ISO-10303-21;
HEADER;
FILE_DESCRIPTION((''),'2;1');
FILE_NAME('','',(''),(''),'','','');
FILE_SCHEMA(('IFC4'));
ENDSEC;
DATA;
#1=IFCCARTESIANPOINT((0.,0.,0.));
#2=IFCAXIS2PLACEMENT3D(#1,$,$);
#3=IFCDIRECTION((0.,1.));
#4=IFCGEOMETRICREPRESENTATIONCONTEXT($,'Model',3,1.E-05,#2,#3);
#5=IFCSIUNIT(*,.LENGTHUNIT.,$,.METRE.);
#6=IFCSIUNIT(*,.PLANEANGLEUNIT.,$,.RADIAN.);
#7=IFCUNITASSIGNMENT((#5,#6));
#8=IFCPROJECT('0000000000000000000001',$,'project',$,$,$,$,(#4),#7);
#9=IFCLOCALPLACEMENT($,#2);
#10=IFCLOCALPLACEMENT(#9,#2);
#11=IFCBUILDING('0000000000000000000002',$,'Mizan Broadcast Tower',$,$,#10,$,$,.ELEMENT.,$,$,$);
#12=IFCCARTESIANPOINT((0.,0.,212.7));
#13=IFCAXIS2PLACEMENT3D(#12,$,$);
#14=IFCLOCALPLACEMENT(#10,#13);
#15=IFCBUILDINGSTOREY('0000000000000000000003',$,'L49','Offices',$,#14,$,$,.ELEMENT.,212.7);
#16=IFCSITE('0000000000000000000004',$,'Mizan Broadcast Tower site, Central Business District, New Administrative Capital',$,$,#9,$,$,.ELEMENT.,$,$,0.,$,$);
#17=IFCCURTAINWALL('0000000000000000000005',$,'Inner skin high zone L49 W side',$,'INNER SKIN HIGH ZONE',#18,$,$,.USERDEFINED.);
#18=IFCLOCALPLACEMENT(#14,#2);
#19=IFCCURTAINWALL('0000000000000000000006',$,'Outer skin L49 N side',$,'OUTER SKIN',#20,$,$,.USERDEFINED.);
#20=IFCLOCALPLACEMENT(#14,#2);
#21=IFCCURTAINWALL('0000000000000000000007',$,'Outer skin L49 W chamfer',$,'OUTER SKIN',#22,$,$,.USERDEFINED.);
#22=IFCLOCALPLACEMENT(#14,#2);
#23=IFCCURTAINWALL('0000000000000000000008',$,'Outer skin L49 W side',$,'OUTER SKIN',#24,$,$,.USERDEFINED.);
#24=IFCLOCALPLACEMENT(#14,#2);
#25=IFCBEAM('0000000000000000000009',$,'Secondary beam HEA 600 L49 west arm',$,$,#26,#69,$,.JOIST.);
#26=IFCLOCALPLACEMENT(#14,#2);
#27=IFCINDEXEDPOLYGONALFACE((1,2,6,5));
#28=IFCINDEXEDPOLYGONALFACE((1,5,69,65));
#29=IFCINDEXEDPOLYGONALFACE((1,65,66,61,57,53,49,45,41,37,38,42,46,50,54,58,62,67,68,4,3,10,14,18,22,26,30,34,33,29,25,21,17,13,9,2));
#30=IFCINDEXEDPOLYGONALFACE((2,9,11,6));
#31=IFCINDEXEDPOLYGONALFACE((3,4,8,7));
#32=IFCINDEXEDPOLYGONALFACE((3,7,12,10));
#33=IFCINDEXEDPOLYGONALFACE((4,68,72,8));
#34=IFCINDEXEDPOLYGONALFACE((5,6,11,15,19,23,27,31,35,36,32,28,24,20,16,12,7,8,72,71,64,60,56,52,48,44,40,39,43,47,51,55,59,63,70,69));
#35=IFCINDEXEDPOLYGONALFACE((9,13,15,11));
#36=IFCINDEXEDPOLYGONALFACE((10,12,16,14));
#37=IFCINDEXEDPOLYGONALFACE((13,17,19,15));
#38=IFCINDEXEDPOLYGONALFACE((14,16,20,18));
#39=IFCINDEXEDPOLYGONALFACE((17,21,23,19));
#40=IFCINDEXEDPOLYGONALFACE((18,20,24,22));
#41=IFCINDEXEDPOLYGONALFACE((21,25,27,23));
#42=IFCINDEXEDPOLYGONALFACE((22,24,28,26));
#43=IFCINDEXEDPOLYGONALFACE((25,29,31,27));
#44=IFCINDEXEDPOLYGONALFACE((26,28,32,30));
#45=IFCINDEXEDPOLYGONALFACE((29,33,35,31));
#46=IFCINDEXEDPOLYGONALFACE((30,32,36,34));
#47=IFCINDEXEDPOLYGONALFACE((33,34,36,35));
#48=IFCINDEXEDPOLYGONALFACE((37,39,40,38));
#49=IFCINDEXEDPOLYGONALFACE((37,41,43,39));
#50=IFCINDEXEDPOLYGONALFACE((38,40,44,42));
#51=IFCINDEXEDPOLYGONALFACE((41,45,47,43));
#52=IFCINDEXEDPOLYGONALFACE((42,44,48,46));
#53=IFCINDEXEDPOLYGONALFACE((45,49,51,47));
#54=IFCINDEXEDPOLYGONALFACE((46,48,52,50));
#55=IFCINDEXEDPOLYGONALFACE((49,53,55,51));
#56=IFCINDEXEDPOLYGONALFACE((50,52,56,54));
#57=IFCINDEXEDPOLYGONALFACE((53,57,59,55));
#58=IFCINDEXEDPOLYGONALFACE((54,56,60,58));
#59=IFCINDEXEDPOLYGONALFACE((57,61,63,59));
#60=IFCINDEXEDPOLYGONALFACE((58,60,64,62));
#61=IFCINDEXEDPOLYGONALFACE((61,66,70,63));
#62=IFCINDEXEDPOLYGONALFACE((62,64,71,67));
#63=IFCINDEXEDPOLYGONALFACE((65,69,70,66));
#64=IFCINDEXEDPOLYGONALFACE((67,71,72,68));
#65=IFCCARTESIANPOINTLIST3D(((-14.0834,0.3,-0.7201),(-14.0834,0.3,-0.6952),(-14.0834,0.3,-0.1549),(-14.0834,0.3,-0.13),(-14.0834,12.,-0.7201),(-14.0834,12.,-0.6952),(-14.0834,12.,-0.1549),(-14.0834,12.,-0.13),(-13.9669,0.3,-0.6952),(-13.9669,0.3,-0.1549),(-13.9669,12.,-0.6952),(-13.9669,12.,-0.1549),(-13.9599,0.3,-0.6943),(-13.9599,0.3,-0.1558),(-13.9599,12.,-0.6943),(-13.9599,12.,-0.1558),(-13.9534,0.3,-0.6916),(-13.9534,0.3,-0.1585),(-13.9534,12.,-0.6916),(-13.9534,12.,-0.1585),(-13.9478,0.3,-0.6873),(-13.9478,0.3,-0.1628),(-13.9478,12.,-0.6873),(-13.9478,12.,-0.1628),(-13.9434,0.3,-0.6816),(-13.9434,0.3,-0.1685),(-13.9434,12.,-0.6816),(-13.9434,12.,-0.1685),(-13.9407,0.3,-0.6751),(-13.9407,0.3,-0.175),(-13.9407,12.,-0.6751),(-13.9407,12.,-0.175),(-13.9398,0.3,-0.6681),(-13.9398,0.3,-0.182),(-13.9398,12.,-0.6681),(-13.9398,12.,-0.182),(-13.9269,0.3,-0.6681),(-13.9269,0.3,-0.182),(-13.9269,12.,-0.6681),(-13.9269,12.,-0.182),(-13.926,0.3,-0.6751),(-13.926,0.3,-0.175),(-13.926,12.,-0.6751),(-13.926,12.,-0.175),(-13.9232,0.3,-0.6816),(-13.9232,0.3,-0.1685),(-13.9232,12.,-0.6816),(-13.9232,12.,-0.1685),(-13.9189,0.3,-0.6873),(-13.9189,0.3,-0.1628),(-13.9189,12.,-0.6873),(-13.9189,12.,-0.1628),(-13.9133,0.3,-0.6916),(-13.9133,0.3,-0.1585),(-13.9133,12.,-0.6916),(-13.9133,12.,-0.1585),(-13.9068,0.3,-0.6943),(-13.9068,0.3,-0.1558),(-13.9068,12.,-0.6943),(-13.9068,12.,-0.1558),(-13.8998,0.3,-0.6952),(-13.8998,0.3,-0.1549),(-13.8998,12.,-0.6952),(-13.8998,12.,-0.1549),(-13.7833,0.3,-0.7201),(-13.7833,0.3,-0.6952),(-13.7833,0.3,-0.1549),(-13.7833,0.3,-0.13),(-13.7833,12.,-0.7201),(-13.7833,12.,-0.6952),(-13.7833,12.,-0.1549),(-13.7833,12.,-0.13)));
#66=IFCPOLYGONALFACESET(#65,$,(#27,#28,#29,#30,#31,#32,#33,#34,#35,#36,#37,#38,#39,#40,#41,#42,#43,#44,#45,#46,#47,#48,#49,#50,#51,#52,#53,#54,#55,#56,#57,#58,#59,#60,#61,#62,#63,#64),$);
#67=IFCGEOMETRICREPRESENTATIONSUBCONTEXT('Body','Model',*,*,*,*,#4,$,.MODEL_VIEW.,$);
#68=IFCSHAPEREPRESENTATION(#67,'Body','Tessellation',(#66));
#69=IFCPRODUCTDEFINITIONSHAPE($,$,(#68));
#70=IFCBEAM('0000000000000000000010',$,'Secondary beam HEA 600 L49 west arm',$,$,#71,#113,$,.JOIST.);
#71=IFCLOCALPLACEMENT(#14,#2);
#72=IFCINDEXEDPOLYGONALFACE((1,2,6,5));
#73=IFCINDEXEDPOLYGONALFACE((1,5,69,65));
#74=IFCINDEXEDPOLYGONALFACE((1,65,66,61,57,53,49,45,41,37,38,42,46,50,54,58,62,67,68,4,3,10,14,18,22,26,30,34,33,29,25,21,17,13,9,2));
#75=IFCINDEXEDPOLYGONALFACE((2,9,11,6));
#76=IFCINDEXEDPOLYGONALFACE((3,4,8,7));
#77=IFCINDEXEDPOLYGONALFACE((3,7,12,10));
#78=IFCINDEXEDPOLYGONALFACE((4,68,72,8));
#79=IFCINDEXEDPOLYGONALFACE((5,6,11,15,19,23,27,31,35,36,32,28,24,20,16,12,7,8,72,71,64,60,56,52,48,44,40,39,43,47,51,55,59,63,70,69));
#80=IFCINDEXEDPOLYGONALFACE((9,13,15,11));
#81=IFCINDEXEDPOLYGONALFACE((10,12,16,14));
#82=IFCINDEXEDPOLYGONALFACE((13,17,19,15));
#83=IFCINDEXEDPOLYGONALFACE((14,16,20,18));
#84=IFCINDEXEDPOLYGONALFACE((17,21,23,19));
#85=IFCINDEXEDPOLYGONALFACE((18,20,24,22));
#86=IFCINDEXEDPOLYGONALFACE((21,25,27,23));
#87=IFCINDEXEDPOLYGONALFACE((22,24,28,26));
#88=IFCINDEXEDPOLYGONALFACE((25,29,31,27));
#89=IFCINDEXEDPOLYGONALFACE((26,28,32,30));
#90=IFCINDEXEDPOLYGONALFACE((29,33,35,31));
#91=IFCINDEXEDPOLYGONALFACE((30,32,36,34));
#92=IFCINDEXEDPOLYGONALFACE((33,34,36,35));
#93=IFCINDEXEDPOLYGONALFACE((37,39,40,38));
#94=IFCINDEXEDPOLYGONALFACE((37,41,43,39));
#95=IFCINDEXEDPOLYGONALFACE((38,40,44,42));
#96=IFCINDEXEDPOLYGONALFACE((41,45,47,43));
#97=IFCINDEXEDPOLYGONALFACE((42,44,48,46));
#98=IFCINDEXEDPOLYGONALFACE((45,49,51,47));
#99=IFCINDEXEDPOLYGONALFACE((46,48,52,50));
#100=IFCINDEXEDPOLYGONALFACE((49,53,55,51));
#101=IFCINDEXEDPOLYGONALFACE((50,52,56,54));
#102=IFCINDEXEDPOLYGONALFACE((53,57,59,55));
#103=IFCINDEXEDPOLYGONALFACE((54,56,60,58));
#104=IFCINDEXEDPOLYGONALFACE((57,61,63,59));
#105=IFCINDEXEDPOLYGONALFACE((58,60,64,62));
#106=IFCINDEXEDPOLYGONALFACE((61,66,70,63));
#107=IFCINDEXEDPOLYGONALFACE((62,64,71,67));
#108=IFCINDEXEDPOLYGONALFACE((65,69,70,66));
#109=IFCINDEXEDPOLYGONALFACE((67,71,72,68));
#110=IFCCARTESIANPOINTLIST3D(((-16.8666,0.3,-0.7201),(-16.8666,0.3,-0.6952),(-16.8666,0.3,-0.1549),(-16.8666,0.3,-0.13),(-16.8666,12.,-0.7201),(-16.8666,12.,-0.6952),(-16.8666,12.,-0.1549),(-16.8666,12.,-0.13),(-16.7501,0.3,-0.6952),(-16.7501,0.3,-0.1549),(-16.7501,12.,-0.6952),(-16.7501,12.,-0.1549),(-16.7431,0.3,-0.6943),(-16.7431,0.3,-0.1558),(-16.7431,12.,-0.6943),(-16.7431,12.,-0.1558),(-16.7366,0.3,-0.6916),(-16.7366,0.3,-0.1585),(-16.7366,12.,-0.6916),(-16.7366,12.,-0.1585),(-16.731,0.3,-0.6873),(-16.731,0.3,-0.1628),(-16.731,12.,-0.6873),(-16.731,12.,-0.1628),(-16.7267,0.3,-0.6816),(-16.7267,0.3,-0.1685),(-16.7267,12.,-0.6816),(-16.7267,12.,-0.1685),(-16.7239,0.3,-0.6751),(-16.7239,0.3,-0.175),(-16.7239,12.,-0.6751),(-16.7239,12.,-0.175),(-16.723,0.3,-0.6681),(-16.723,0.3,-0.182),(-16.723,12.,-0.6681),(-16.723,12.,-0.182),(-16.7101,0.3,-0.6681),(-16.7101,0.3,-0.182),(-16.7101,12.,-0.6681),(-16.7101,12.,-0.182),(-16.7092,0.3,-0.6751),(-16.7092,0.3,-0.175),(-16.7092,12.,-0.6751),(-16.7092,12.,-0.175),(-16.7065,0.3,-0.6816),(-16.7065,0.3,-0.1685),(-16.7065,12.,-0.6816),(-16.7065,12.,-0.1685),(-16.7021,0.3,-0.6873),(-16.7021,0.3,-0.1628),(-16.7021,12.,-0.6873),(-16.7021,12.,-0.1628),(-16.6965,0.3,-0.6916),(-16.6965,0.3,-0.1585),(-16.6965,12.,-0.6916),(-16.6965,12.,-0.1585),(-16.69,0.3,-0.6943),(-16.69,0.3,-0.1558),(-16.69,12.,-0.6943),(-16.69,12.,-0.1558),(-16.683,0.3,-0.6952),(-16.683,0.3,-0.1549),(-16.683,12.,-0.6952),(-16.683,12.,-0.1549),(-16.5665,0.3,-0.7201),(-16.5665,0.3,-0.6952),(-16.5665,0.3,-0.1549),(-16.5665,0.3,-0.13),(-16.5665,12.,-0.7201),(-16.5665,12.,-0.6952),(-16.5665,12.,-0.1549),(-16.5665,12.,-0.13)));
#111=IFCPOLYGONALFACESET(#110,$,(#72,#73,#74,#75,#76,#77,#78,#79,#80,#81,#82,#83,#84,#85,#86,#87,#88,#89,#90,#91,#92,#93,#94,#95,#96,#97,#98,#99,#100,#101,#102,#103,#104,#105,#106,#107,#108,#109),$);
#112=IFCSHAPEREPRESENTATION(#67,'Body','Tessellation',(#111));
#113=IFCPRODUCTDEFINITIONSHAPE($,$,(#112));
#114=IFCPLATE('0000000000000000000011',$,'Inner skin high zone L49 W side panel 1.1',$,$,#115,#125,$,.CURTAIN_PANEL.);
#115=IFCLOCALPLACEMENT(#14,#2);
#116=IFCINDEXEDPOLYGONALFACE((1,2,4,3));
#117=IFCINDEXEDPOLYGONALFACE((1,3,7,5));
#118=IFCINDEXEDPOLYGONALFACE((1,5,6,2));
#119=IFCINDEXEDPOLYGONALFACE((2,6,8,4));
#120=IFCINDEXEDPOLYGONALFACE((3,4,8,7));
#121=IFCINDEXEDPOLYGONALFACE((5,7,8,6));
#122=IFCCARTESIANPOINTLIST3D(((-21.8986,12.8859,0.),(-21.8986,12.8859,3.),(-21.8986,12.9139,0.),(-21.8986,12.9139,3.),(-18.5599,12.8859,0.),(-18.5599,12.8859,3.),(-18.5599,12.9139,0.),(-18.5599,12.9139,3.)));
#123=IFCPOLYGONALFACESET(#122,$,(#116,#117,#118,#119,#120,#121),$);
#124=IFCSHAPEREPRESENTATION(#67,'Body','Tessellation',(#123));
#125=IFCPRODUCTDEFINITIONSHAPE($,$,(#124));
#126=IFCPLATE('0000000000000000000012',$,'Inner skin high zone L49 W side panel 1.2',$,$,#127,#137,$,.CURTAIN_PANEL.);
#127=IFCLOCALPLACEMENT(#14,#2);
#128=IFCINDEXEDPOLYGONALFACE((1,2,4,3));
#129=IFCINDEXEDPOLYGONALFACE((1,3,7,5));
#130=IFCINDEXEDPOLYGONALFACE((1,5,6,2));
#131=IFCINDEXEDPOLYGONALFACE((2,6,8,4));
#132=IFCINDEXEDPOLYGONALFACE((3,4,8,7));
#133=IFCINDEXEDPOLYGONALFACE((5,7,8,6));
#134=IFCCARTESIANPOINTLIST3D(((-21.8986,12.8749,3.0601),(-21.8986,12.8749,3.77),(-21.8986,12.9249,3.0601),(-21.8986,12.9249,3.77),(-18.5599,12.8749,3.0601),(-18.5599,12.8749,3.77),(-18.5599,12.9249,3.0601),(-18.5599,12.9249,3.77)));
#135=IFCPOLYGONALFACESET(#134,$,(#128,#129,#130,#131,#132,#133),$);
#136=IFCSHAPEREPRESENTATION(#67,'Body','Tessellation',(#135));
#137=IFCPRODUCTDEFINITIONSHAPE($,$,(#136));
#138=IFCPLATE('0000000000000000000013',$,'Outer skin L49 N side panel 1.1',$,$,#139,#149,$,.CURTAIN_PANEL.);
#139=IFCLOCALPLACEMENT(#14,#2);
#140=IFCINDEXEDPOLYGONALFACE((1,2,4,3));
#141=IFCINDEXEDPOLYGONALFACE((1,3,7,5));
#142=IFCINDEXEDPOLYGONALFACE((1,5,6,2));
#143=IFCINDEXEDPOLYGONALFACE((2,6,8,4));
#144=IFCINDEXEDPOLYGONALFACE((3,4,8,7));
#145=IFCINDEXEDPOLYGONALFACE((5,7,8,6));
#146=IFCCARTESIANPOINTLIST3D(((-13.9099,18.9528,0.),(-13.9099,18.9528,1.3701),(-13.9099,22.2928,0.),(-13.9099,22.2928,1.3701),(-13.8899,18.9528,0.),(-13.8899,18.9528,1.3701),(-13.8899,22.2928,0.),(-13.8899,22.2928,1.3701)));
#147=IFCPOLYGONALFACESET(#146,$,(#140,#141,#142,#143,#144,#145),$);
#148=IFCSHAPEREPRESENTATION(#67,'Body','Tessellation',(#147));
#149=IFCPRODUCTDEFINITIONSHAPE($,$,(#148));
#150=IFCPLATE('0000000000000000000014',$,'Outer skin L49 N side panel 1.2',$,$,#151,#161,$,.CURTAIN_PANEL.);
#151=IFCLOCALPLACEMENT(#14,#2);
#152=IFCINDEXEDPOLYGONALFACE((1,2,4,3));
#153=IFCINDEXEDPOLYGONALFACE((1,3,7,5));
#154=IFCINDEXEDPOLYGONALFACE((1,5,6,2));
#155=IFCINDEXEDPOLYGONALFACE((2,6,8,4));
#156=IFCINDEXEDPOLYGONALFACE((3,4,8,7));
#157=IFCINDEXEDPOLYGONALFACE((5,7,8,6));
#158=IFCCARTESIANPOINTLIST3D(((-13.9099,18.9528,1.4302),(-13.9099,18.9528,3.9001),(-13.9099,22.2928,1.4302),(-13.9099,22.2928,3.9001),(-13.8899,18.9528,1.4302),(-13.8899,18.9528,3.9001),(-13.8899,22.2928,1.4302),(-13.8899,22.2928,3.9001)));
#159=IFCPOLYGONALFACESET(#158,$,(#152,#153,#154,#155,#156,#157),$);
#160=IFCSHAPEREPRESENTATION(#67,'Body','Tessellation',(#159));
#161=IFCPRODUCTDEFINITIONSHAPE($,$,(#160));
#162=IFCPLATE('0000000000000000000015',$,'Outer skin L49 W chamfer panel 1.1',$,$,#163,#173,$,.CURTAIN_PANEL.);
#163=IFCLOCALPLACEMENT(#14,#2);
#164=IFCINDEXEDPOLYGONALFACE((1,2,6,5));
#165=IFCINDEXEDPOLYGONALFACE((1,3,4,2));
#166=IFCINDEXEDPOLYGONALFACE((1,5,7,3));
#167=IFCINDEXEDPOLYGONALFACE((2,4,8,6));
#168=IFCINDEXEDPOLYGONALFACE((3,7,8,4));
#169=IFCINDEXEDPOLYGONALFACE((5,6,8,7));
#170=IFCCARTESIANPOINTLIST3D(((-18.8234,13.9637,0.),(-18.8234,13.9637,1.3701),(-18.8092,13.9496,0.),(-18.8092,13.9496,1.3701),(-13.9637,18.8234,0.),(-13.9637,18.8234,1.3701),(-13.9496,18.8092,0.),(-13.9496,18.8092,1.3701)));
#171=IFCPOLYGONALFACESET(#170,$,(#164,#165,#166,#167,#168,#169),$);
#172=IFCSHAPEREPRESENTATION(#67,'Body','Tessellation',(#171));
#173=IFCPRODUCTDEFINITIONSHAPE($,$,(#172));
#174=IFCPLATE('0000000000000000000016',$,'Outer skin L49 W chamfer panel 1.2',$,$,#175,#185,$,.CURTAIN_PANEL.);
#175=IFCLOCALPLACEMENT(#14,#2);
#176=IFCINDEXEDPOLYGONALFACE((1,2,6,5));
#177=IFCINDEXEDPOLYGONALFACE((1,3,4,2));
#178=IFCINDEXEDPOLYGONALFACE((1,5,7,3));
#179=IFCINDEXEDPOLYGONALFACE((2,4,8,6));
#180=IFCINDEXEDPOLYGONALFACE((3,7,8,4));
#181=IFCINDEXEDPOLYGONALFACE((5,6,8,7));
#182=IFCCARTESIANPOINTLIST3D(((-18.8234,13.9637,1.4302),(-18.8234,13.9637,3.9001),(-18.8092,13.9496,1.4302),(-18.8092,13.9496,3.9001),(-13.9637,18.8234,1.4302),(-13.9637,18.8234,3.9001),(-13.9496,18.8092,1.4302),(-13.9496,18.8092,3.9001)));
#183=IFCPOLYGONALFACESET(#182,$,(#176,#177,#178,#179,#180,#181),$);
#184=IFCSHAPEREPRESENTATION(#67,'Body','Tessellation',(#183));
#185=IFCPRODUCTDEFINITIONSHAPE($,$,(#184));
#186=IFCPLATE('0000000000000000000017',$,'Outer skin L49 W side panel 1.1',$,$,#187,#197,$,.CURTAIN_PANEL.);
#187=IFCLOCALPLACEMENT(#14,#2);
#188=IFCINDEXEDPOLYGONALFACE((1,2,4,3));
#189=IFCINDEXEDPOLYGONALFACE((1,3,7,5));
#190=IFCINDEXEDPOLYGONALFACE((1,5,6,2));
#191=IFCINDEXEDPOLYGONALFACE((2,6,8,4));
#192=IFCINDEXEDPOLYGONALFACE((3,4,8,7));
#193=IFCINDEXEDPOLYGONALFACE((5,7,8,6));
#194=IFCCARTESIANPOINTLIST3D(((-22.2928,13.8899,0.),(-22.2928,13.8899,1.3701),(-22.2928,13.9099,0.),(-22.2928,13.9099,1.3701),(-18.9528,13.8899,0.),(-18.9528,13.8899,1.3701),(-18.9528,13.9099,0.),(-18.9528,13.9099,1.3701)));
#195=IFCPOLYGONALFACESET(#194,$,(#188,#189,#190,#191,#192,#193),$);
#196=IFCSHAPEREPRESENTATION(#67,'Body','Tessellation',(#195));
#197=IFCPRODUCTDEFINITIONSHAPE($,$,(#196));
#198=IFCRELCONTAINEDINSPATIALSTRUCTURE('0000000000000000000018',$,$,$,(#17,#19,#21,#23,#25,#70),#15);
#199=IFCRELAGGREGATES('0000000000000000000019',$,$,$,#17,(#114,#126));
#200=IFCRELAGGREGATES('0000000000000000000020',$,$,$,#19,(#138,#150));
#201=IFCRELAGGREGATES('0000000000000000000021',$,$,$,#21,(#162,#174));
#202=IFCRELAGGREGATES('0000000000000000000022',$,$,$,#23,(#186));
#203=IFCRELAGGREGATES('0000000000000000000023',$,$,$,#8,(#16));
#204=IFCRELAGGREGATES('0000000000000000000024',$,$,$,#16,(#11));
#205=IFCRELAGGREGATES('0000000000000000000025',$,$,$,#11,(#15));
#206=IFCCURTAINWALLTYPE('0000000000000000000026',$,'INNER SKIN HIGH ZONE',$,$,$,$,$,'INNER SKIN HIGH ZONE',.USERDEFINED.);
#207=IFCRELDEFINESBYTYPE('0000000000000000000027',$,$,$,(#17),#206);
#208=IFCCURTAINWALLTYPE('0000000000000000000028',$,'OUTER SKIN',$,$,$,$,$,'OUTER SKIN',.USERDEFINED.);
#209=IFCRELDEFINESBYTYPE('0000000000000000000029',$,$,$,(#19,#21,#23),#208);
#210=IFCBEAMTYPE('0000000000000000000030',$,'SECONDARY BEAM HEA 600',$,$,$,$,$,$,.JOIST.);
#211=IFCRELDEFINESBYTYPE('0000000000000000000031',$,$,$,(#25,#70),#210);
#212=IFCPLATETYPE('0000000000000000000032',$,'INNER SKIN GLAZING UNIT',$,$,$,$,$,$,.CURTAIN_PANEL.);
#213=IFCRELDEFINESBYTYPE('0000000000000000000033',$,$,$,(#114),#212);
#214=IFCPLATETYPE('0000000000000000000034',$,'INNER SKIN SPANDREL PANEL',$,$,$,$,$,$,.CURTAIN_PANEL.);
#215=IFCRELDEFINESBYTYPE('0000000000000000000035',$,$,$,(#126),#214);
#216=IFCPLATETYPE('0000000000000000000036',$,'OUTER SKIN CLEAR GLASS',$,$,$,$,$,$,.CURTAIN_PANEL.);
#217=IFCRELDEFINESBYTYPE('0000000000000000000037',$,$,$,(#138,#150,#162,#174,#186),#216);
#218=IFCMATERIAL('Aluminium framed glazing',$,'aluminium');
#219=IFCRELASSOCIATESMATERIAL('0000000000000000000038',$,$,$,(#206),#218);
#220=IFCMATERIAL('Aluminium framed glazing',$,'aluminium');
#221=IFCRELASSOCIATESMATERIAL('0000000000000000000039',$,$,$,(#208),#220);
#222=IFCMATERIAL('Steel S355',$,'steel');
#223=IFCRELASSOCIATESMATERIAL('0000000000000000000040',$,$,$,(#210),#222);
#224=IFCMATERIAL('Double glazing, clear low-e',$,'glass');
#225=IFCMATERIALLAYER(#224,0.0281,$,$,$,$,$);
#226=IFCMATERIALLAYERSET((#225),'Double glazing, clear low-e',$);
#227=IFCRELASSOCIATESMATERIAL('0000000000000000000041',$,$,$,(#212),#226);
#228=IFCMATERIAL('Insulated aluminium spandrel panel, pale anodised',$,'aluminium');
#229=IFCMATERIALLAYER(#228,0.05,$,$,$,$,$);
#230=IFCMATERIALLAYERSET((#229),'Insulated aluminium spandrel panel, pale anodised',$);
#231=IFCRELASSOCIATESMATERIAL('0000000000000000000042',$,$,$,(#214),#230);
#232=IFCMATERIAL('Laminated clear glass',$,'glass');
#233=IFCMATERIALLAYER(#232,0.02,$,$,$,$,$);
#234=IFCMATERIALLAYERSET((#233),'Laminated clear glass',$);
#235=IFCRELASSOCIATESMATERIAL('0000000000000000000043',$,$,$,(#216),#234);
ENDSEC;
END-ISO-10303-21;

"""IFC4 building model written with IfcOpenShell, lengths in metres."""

from ifc_helpers import new_model, si_unit, direction, frame, origin, origin_2d, place, context, subcontext, project, spatial, rectangle, i_section, extrude, material, layer, layer_set, material_profile, profile_set, type_object, element, aggregate, save


model = new_model("IFC4")

# Units and contexts
model_context = context("Model", 3, precision=1e-05, world=origin(), true_north=direction((0.0, 1.0)))
body_context = subcontext(model_context, "Body", "Model", "MODEL_VIEW")
ifc_project = project(units=[si_unit("LENGTHUNIT", "METRE"), si_unit("PLANEANGLEUNIT", "RADIAN")], contexts=[model_context])

# Site, building, storey
site_placement = place(None, origin())
site = spatial("IfcSite", under=ifc_project, at=site_placement, Name="Mizan Broadcast Tower site, Central Business District, New Administrative Capital", CompositionType="ELEMENT", RefElevation=0.0)
building_placement = place(site_placement, origin())
building = spatial("IfcBuilding", under=site, at=building_placement, Name="Mizan Broadcast Tower", CompositionType="ELEMENT")
storey_placement = place(building_placement, frame((0.0, 0.0, 212.7)))
storey = spatial("IfcBuildingStorey", under=building, at=storey_placement, Name="L49", Description="Offices", CompositionType="ELEMENT", Elevation=212.7)

# Shared definitions
ifc_material_1 = material(Name="Aluminium framed glazing", Category="aluminium")
curtain_wall_type_1 = type_object("IfcCurtainWallType", Name="INNER SKIN HIGH ZONE", ElementType="INNER SKIN HIGH ZONE", PredefinedType="USERDEFINED", material=ifc_material_1)

# Curtain wall
curtain_wall_1_placement = place(storey_placement, origin())
curtain_wall_1 = element("IfcCurtainWall", 1, at=curtain_wall_1_placement, inside=storey, type_object=curtain_wall_type_1, Name="Inner skin high zone L49 W side", ObjectType="INNER SKIN HIGH ZONE", PredefinedType="USERDEFINED")

# Curtain walls
ifc_material_2 = material(Name="Aluminium framed glazing", Category="aluminium")
curtain_wall_type_2 = type_object("IfcCurtainWallType", Name="OUTER SKIN", ElementType="OUTER SKIN", PredefinedType="USERDEFINED", material=ifc_material_2)
curtain_wall_2_placement = place(storey_placement, origin())
curtain_wall_2 = element("IfcCurtainWall", 2, at=curtain_wall_2_placement, inside=storey, type_object=curtain_wall_type_2, Name="Outer skin L49 N side", ObjectType="OUTER SKIN", PredefinedType="USERDEFINED")
curtain_wall_3_placement = place(storey_placement, origin())
curtain_wall_3 = element("IfcCurtainWall", 3, at=curtain_wall_3_placement, inside=storey, type_object=curtain_wall_type_2, Name="Outer skin L49 W chamfer", ObjectType="OUTER SKIN", PredefinedType="USERDEFINED")
curtain_wall_4_placement = place(storey_placement, origin())
curtain_wall_4 = element("IfcCurtainWall", 4, at=curtain_wall_4_placement, inside=storey, type_object=curtain_wall_type_2, Name="Outer skin L49 W side", ObjectType="OUTER SKIN", PredefinedType="USERDEFINED")

# Beams
ifc_material_3 = material(Name="Steel S355", Category="steel")
ifc_material_profile_1 = material_profile(ifc_material_3, i_section(OverallWidth=0.3, OverallDepth=0.5901, WebThickness=0.0129, FlangeThickness=0.0249, FilletRadius=0.0271, at=origin_2d()), Name="HEA 600")
ifc_profile_set_1 = profile_set([ifc_material_profile_1], Name="Steel S355")
beam_type = type_object("IfcBeamType", Name="SECONDARY BEAM HEA 600", PredefinedType="JOIST", material=ifc_profile_set_1)
for number, where, z_axis, x_axis, name in (
    (5, (-13.9333, 12.0, -0.425), (0.0, -1.0, 0.0), (1.0, 0.0, 0.0), "Secondary beam HEA 600 L49 west arm"),
    (6, (-16.7166, 12.0, -0.425), (0.0, -1.0, 0.0), (1.0, 0.0, 0.0), "Secondary beam HEA 600 L49 west arm"),
):
    element("IfcBeam", number, at=place(storey_placement, frame(where, z_axis=z_axis, x_axis=x_axis)), inside=storey, type_object=beam_type, Name=name, PredefinedType="JOIST", context=body_context, shape_type="SweptSolid", body=[
        extrude(i_section(OverallWidth=0.3, OverallDepth=0.5901, WebThickness=0.0129, FlangeThickness=0.0249, FilletRadius=0.0271, at=origin_2d()), origin(), (0.0, 0.0, 1.0), 11.7),
    ])

# Plates
ifc_material_4 = material(Name="Double glazing, clear low-e", Category="glass")
ifc_layer_1 = layer(ifc_material_4, 0.0281)
ifc_layer_set_1 = layer_set([ifc_layer_1], Name="Double glazing, clear low-e")
plate_type_1 = type_object("IfcPlateType", Name="INNER SKIN GLAZING UNIT", PredefinedType="CURTAIN_PANEL", material=ifc_layer_set_1)
plate_1_placement = place(storey_placement, frame((-20.2292, 12.8999, 0.0), z_axis=(0.0, 0.0, 1.0), x_axis=(-1.0, 0.0, 0.0)))
plate_1 = element("IfcPlate", 7, at=plate_1_placement, type_object=plate_type_1, Name="Inner skin high zone L49 W side panel 1.1", PredefinedType="CURTAIN_PANEL", context=body_context, shape_type="SweptSolid", body=[
    extrude(rectangle(XDim=3.3386, YDim=0.0281, at=origin_2d()), origin(), (0.0, 0.0, 1.0), 3.0),
])
ifc_material_5 = material(Name="Insulated aluminium spandrel panel, pale anodised", Category="aluminium")
ifc_layer_2 = layer(ifc_material_5, 0.05)
ifc_layer_set_2 = layer_set([ifc_layer_2], Name="Insulated aluminium spandrel panel, pale anodised")
plate_type_2 = type_object("IfcPlateType", Name="INNER SKIN SPANDREL PANEL", PredefinedType="CURTAIN_PANEL", material=ifc_layer_set_2)
plate_2_placement = place(storey_placement, frame((-20.2292, 12.8999, 3.0601), z_axis=(0.0, 0.0, 1.0), x_axis=(-1.0, 0.0, 0.0)))
plate_2 = element("IfcPlate", 8, at=plate_2_placement, type_object=plate_type_2, Name="Inner skin high zone L49 W side panel 1.2", PredefinedType="CURTAIN_PANEL", context=body_context, shape_type="SweptSolid", body=[
    extrude(rectangle(XDim=3.3386, YDim=0.05, at=origin_2d()), origin(), (0.0, 0.0, 1.0), 0.71),
])
aggregate(curtain_wall_1, [plate_1, plate_2])
ifc_material_6 = material(Name="Laminated clear glass", Category="glass")
ifc_layer_3 = layer(ifc_material_6, 0.02)
ifc_layer_set_3 = layer_set([ifc_layer_3], Name="Laminated clear glass")
plate_type_3 = type_object("IfcPlateType", Name="OUTER SKIN CLEAR GLASS", PredefinedType="CURTAIN_PANEL", material=ifc_layer_set_3)
plate_3_placement = place(storey_placement, frame((-13.8999, 20.6228, 0.0), z_axis=(0.0, 0.0, 1.0), x_axis=(0.0, -1.0, 0.0)))
plate_3 = element("IfcPlate", 9, at=plate_3_placement, type_object=plate_type_3, Name="Outer skin L49 N side panel 1.1", PredefinedType="CURTAIN_PANEL", context=body_context, shape_type="SweptSolid", body=[
    extrude(rectangle(XDim=3.3401, YDim=0.02, at=origin_2d()), origin(), (0.0, 0.0, 1.0), 1.3701),
])
plate_4_placement = place(storey_placement, frame((-13.8999, 20.6228, 1.4302), z_axis=(0.0, 0.0, 1.0), x_axis=(0.0, -1.0, 0.0)))
plate_4 = element("IfcPlate", 10, at=plate_4_placement, type_object=plate_type_3, Name="Outer skin L49 N side panel 1.2", PredefinedType="CURTAIN_PANEL", context=body_context, shape_type="SweptSolid", body=[
    extrude(rectangle(XDim=3.3401, YDim=0.02, at=origin_2d()), origin(), (0.0, 0.0, 1.0), 2.47),
])
aggregate(curtain_wall_2, [plate_3, plate_4])
plate_5_placement = place(storey_placement, frame((-16.3865, 16.3865, 0.0), z_axis=(0.0, 0.0, 1.0), x_axis=(-0.707107, -0.707107, 0.0)))
plate_5 = element("IfcPlate", 11, at=plate_5_placement, type_object=plate_type_3, Name="Outer skin L49 W chamfer panel 1.1", PredefinedType="CURTAIN_PANEL", context=body_context, shape_type="SweptSolid", body=[
    extrude(rectangle(XDim=6.8726, YDim=0.02, at=origin_2d()), origin(), (0.0, 0.0, 1.0), 1.3701),
])
plate_6_placement = place(storey_placement, frame((-16.3865, 16.3865, 1.4302), z_axis=(0.0, 0.0, 1.0), x_axis=(-0.707107, -0.707107, 0.0)))
plate_6 = element("IfcPlate", 12, at=plate_6_placement, type_object=plate_type_3, Name="Outer skin L49 W chamfer panel 1.2", PredefinedType="CURTAIN_PANEL", context=body_context, shape_type="SweptSolid", body=[
    extrude(rectangle(XDim=6.8726, YDim=0.02, at=origin_2d()), origin(), (0.0, 0.0, 1.0), 2.47),
])
aggregate(curtain_wall_3, [plate_5, plate_6])
plate_7_placement = place(storey_placement, frame((-20.6228, 13.8999, 0.0), z_axis=(0.0, 0.0, 1.0), x_axis=(-1.0, 0.0, 0.0)))
plate_7 = element("IfcPlate", 13, at=plate_7_placement, type_object=plate_type_3, Name="Outer skin L49 W side panel 1.1", PredefinedType="CURTAIN_PANEL", context=body_context, shape_type="SweptSolid", body=[
    extrude(rectangle(XDim=3.3401, YDim=0.02, at=origin_2d()), origin(), (0.0, 0.0, 1.0), 1.3701),
])
aggregate(curtain_wall_4, [plate_7])

save(model, "model.ifc")
